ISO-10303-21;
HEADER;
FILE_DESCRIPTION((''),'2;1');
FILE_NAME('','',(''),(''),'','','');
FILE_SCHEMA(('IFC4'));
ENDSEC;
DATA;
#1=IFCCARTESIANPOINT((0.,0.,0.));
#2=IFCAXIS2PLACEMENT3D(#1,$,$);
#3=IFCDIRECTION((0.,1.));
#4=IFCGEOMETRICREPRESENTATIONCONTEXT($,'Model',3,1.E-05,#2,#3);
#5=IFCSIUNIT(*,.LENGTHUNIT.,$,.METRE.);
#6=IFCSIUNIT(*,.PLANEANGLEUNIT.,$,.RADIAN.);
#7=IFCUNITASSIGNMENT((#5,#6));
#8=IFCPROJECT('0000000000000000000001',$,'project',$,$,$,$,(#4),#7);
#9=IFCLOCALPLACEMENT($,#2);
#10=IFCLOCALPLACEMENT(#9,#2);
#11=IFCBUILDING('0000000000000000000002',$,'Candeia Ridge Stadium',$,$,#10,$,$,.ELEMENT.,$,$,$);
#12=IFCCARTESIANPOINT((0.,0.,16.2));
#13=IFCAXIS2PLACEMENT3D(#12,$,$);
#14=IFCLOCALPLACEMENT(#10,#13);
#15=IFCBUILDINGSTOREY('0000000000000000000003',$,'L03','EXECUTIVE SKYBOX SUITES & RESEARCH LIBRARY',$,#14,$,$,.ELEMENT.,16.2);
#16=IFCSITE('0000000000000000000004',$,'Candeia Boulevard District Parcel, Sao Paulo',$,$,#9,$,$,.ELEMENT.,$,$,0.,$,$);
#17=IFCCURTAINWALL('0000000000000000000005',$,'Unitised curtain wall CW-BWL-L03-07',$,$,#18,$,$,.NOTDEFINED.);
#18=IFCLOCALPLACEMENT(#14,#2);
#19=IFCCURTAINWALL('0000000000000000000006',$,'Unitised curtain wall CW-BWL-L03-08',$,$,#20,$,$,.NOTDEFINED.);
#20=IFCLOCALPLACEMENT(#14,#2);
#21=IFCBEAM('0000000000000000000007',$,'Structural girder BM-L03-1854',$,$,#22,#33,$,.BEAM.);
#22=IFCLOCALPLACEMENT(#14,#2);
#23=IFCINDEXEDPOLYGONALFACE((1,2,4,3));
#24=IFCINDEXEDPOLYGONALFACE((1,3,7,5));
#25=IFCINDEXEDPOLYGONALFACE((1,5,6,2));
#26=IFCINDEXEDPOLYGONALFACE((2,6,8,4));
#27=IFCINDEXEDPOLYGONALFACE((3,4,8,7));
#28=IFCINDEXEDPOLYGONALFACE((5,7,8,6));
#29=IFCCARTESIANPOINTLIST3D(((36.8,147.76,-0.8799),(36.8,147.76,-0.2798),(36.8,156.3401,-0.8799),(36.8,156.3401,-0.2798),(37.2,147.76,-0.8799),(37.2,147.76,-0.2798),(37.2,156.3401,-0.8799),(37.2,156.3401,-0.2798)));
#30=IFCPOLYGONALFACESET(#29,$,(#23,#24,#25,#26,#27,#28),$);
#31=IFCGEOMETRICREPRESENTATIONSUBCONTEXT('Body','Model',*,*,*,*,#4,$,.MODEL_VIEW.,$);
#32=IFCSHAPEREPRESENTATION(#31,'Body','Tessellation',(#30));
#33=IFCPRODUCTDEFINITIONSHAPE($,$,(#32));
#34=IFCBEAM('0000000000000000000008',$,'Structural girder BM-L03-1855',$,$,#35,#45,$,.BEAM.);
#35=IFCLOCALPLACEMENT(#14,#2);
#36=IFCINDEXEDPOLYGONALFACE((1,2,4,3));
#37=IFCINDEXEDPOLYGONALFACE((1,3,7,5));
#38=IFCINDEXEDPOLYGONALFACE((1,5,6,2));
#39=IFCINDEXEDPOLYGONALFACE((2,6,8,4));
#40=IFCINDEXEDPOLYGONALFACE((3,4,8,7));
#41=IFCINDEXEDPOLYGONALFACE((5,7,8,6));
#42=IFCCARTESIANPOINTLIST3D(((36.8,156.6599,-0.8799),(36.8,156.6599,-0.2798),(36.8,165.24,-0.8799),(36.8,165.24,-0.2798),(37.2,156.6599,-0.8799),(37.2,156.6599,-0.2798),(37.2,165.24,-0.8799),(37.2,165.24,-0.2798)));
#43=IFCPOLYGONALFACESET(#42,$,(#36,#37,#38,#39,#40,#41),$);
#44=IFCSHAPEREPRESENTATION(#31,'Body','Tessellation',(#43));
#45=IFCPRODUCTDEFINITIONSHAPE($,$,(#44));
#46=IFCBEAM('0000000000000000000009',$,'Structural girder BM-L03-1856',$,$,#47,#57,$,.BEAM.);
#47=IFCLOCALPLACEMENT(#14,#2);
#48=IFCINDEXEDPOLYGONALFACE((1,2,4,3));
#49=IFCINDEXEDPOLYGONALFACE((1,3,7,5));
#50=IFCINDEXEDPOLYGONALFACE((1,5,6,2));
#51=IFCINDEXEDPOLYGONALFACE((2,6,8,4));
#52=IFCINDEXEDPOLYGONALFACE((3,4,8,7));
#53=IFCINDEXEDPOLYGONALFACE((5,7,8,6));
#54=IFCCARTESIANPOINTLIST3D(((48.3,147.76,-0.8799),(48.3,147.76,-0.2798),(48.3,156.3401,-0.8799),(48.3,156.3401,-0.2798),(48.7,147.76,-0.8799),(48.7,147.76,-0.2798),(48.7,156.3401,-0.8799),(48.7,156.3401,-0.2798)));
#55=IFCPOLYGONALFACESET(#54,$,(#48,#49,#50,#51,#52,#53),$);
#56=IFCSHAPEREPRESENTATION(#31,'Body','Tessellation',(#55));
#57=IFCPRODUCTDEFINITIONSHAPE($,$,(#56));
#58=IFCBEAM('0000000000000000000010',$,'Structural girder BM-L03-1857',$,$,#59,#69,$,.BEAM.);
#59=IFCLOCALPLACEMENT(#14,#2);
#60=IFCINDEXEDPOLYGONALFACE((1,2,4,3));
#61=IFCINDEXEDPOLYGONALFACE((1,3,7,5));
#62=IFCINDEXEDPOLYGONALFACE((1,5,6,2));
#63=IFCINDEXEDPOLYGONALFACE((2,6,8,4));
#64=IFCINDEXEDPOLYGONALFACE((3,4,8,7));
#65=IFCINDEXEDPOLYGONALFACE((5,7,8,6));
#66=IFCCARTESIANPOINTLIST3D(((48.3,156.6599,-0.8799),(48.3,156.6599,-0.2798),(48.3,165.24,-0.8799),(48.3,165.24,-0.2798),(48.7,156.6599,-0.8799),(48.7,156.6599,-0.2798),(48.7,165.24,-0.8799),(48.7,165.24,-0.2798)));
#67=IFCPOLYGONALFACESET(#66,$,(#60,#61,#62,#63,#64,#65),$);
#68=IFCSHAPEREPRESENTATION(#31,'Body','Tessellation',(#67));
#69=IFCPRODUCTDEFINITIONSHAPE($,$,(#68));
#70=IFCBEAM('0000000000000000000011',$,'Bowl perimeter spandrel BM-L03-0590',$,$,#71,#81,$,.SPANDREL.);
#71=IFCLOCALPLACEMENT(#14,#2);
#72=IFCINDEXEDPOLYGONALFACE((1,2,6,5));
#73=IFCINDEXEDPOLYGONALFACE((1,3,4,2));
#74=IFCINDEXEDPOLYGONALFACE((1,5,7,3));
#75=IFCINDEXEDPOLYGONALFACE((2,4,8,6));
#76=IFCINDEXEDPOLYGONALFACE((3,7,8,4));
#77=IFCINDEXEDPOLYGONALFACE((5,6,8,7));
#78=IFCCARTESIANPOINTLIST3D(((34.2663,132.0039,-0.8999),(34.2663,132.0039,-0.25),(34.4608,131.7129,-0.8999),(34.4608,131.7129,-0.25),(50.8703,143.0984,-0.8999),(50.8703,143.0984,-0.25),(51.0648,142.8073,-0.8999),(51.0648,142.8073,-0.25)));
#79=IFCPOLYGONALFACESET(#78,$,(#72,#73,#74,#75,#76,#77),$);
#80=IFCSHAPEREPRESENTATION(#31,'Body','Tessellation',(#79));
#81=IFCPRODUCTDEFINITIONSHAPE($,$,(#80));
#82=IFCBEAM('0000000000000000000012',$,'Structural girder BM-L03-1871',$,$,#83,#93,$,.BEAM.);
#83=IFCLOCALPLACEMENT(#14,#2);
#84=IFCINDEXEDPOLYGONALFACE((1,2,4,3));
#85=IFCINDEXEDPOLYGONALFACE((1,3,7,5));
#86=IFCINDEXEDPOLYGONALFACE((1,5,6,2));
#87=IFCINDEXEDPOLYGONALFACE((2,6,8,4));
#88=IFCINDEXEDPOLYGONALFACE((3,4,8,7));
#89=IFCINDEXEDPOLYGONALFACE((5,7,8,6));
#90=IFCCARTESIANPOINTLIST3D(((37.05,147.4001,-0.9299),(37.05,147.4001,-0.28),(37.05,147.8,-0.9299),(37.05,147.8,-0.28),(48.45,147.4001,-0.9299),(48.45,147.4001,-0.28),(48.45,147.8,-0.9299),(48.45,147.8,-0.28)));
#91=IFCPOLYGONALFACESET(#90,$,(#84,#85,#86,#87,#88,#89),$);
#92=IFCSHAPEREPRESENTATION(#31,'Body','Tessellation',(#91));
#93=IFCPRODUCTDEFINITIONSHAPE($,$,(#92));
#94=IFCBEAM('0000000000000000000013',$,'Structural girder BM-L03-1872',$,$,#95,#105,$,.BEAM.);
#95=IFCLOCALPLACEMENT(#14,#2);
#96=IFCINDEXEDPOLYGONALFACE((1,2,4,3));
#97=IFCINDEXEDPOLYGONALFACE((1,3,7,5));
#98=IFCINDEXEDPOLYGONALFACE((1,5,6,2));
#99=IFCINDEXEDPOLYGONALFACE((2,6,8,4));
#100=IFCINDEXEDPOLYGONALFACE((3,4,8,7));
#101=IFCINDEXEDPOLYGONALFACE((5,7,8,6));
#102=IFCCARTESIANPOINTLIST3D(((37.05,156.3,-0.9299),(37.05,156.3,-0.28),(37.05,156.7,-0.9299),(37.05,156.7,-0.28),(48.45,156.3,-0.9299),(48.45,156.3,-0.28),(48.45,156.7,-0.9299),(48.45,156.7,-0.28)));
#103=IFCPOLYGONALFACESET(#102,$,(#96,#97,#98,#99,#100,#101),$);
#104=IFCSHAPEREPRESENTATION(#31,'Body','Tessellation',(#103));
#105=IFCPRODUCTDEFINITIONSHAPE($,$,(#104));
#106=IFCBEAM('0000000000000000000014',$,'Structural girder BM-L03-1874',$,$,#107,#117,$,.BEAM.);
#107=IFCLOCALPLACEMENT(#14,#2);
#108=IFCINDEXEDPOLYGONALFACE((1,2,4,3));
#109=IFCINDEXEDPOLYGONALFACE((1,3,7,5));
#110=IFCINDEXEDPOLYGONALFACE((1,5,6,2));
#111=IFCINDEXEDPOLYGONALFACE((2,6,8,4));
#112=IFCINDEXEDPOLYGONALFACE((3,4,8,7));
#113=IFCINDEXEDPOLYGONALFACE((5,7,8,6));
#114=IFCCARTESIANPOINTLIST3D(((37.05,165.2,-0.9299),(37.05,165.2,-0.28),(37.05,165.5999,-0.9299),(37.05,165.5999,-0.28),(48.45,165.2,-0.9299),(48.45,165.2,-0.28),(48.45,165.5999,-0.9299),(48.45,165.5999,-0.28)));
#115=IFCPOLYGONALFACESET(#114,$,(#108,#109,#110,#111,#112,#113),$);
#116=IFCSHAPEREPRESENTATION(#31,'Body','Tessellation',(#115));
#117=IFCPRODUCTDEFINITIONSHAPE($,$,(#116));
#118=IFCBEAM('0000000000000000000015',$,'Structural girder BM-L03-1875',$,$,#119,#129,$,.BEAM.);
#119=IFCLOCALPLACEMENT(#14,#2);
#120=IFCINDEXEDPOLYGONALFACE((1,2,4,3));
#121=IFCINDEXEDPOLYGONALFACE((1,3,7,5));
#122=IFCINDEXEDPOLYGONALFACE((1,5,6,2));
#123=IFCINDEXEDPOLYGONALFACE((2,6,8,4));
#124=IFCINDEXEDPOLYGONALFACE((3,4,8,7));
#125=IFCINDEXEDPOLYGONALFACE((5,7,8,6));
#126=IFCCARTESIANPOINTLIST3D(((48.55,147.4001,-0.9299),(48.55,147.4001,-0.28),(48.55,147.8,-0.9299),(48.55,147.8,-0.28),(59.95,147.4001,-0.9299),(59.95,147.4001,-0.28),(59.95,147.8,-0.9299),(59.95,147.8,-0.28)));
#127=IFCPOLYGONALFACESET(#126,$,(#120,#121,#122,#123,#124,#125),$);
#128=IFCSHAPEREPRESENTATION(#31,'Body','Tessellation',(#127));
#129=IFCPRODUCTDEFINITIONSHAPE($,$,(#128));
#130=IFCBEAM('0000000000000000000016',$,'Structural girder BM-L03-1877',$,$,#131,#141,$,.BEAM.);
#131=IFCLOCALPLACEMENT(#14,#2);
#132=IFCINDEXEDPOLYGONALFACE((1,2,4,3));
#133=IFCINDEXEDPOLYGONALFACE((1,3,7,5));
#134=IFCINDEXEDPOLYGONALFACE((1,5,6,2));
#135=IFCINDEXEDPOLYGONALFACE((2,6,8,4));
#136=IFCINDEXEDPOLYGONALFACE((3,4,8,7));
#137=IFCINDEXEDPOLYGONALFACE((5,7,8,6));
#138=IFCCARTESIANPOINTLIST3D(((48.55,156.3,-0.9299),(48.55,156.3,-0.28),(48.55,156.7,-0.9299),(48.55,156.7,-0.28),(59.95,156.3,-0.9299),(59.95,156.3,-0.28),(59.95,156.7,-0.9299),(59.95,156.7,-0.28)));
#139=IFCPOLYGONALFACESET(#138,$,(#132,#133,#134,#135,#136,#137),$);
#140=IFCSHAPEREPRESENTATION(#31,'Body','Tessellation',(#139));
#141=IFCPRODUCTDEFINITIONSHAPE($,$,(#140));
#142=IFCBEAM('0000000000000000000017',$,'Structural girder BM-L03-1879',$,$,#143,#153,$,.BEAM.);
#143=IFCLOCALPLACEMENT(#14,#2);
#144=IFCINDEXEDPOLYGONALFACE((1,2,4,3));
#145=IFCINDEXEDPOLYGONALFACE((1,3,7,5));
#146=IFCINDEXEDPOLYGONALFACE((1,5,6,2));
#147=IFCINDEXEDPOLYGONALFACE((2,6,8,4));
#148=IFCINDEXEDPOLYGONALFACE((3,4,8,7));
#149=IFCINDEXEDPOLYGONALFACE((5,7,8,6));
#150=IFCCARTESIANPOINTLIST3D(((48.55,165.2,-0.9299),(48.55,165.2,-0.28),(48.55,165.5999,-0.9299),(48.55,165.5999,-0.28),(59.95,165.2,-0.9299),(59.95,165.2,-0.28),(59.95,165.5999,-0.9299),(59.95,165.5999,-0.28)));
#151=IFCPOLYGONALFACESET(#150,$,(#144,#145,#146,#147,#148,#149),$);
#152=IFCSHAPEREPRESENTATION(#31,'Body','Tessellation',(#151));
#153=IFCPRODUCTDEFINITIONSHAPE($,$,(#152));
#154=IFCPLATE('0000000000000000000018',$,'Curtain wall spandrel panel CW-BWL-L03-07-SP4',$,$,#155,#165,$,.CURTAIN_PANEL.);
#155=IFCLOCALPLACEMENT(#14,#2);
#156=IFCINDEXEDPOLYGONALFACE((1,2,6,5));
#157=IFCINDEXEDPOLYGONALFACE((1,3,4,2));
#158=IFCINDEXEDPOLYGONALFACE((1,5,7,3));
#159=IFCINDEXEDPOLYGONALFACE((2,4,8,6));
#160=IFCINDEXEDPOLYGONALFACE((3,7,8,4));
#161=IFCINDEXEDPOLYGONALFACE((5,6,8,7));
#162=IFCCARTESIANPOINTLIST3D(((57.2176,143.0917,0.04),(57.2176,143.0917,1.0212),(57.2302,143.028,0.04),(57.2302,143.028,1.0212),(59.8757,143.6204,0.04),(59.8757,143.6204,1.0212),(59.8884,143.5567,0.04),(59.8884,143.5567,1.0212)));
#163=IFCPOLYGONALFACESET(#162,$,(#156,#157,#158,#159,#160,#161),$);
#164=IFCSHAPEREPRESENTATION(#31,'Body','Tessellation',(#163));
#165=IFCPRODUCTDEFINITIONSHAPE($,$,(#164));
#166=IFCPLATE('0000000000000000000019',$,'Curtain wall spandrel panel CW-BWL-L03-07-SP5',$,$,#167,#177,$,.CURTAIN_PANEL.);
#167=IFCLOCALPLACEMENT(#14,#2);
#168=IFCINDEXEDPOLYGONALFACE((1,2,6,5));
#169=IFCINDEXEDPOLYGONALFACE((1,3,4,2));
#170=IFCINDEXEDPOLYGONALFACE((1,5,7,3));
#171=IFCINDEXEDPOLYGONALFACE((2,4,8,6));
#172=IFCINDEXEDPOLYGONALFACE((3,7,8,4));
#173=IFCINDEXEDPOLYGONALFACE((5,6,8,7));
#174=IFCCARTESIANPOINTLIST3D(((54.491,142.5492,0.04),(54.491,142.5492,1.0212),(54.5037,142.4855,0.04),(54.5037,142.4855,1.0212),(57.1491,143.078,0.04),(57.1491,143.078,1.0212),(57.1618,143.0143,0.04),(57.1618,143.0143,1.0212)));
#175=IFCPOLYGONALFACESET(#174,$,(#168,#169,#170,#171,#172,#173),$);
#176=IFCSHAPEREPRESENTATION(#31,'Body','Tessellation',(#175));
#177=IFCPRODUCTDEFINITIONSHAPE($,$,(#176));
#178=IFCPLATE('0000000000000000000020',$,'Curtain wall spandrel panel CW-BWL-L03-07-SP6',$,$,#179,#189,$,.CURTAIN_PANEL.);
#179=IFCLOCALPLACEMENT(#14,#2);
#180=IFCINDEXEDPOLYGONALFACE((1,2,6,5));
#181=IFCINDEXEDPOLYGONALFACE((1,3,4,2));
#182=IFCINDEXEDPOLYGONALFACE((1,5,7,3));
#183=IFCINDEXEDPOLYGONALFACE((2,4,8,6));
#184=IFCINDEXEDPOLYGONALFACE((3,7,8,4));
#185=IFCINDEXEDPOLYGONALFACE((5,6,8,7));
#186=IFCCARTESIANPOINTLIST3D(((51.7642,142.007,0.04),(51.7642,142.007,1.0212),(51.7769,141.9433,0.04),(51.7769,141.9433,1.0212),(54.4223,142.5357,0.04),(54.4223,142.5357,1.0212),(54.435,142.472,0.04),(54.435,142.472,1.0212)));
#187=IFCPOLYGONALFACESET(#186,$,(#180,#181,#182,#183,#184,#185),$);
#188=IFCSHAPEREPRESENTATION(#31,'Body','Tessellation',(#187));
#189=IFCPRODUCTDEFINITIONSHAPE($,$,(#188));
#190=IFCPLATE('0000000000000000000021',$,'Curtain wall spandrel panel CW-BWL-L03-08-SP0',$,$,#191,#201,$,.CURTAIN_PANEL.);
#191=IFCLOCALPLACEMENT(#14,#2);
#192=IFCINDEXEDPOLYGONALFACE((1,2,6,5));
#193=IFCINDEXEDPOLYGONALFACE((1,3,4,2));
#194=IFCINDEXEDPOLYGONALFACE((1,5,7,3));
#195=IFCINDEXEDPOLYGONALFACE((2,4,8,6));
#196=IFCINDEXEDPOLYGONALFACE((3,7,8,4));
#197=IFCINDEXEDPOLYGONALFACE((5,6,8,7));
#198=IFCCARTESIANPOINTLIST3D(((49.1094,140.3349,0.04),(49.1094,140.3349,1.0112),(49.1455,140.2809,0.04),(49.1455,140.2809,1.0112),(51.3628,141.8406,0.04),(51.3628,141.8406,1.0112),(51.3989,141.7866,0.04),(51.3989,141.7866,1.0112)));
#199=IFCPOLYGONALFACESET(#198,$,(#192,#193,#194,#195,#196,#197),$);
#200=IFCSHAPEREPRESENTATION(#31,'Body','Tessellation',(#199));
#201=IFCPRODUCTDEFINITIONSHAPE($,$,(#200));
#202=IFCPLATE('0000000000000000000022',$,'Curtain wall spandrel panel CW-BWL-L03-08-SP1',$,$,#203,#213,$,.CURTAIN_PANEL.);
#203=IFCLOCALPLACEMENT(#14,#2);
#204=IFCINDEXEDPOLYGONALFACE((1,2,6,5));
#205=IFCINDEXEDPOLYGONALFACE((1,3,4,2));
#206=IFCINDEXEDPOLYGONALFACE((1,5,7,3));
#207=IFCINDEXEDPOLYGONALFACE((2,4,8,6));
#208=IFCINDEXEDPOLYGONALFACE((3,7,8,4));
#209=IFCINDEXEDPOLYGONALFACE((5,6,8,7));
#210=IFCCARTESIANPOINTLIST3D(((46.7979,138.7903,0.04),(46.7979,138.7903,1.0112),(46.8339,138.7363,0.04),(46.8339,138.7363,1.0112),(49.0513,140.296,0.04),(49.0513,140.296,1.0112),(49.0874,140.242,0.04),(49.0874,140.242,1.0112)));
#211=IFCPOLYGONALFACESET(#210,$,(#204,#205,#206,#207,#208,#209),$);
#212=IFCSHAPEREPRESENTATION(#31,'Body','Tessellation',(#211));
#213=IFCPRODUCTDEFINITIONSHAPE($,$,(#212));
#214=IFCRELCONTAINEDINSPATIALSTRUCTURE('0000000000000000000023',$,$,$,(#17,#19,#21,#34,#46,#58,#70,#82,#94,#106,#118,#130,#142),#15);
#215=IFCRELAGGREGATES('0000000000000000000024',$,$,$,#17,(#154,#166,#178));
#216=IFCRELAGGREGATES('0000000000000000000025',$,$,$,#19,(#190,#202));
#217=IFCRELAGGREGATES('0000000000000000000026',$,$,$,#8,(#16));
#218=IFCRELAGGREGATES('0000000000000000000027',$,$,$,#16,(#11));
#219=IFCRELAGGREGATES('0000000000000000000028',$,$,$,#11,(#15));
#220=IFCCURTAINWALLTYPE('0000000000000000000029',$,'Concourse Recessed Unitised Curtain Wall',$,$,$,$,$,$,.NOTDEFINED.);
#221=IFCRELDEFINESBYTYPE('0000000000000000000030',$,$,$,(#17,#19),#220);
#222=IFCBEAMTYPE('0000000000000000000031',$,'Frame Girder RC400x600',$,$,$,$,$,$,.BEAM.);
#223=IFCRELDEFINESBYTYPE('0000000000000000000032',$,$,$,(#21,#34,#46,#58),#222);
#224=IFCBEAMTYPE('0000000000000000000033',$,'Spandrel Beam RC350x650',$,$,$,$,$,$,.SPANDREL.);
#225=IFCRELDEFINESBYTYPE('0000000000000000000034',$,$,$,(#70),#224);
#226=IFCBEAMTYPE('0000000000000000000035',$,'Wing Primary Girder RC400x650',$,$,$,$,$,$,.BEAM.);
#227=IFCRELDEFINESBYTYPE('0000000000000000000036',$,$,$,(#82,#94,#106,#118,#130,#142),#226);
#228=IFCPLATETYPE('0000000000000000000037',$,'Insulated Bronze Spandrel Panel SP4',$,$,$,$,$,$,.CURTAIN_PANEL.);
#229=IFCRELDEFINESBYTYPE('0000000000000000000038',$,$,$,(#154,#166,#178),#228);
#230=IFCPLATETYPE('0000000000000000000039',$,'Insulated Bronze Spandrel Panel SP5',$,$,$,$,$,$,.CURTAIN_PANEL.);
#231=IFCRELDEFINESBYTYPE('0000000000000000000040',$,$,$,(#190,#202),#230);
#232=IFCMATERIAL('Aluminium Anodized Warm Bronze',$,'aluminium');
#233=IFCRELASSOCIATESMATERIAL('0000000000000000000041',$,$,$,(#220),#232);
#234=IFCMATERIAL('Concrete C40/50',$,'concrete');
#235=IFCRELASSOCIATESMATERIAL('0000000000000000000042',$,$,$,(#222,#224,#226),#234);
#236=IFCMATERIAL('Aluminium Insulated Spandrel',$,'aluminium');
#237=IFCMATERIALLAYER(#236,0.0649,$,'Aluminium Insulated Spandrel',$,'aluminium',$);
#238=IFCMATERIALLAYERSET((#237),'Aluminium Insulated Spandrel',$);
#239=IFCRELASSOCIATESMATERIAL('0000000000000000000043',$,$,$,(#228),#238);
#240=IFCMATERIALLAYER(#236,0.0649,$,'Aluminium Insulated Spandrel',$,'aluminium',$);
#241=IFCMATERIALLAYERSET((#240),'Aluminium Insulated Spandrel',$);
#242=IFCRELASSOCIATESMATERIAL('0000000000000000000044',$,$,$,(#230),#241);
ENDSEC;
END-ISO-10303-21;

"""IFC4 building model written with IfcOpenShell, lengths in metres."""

from ifc_helpers import new_model, si_unit, direction, frame, origin, origin_2d, place, context, subcontext, project, spatial, rectangle, extrude, material, layer, layer_set, material_profile, profile_set, type_object, element, aggregate, save


model = new_model("IFC4")

# Units and contexts
model_context = context("Model", 3, precision=1e-05, world=origin(), true_north=direction((0.0, 1.0)))
body_context = subcontext(model_context, "Body", "Model", "MODEL_VIEW")
ifc_project = project(units=[si_unit("LENGTHUNIT", "METRE"), si_unit("PLANEANGLEUNIT", "RADIAN")], contexts=[model_context])

# Site, building, storey
site_placement = place(None, origin())
site = spatial("IfcSite", under=ifc_project, at=site_placement, Name="Candeia Boulevard District Parcel, Sao Paulo", CompositionType="ELEMENT", RefElevation=0.0)
building_placement = place(site_placement, origin())
building = spatial("IfcBuilding", under=site, at=building_placement, Name="Candeia Ridge Stadium", CompositionType="ELEMENT")
storey_placement = place(building_placement, frame((0.0, 0.0, 16.2)))
storey = spatial("IfcBuildingStorey", under=building, at=storey_placement, Name="L03", Description="EXECUTIVE SKYBOX SUITES & RESEARCH LIBRARY", CompositionType="ELEMENT", Elevation=16.2)

# Shared definitions
ifc_material_1 = material(Name="Concrete C40/50", Category="concrete")

# Curtain walls
ifc_material_2 = material(Name="Aluminium Anodized Warm Bronze", Category="aluminium")
curtain_wall_type = type_object("IfcCurtainWallType", Name="Concourse Recessed Unitised Curtain Wall", PredefinedType="NOTDEFINED", material=ifc_material_2)
curtain_wall_1_placement = place(storey_placement, origin())
curtain_wall_1 = element("IfcCurtainWall", 1, at=curtain_wall_1_placement, inside=storey, type_object=curtain_wall_type, Name="Unitised curtain wall CW-BWL-L03-07", PredefinedType="NOTDEFINED")
curtain_wall_2_placement = place(storey_placement, origin())
curtain_wall_2 = element("IfcCurtainWall", 2, at=curtain_wall_2_placement, inside=storey, type_object=curtain_wall_type, Name="Unitised curtain wall CW-BWL-L03-08", PredefinedType="NOTDEFINED")

# Beams
ifc_material_profile_1 = material_profile(ifc_material_1, rectangle(XDim=0.3999, YDim=0.6001, at=origin_2d()), Name="RC400x600", Category="concrete")
ifc_profile_set_1 = profile_set([ifc_material_profile_1], Name="Concrete C40/50")
beam_type_1 = type_object("IfcBeamType", Name="Frame Girder RC400x600", PredefinedType="BEAM", material=ifc_profile_set_1)
for number, where, z_axis, x_axis, name in (
    (3, (37.0, 147.76, -0.5798), (0.0, 1.0, 0.0), (-1.0, 0.0, 0.0), "Structural girder BM-L03-1854"),
    (4, (37.0, 156.6599, -0.5798), (0.0, 1.0, 0.0), (-1.0, 0.0, 0.0), "Structural girder BM-L03-1855"),
    (5, (48.5, 147.76, -0.5798), (0.0, 1.0, 0.0), (-1.0, 0.0, 0.0), "Structural girder BM-L03-1856"),
    (6, (48.5, 156.6599, -0.5798), (0.0, 1.0, 0.0), (-1.0, 0.0, 0.0), "Structural girder BM-L03-1857"),
):
    element("IfcBeam", number, at=place(storey_placement, frame(where, z_axis=z_axis, x_axis=x_axis)), inside=storey, type_object=beam_type_1, Name=name, PredefinedType="BEAM", context=body_context, shape_type="SweptSolid", body=[
        extrude(rectangle(XDim=0.3999, YDim=0.6001, at=origin_2d()), origin(), (0.0, 0.0, 1.0), 8.5801),
    ])
ifc_material_profile_2 = material_profile(ifc_material_1, rectangle(XDim=0.3501, YDim=0.6499, at=origin_2d()), Name="RC350x650", Category="concrete")
ifc_profile_set_2 = profile_set([ifc_material_profile_2], Name="Concrete C40/50")
beam_type_2 = type_object("IfcBeamType", Name="Spandrel Beam RC350x650", PredefinedType="SPANDREL", material=ifc_profile_set_2)
beam_1_placement = place(storey_placement, frame((50.9675, 142.9529, -0.575), z_axis=(-0.831469, -0.555572, 0.0), x_axis=(0.555572, -0.831469, 0.0)))
element("IfcBeam", 7, at=beam_1_placement, inside=storey, type_object=beam_type_2, Name="Bowl perimeter spandrel BM-L03-0590", PredefinedType="SPANDREL", context=body_context, shape_type="SweptSolid", body=[
    extrude(rectangle(XDim=0.3501, YDim=0.6499, at=origin_2d()), origin(), (0.0, 0.0, 1.0), 19.9695),
])
ifc_material_profile_3 = material_profile(ifc_material_1, rectangle(XDim=0.3999, YDim=0.6499, at=origin_2d()), Name="RC400x650", Category="concrete")
ifc_profile_set_3 = profile_set([ifc_material_profile_3], Name="Concrete C40/50")
beam_type_3 = type_object("IfcBeamType", Name="Wing Primary Girder RC400x650", PredefinedType="BEAM", material=ifc_profile_set_3)
for number, where, z_axis, x_axis, name in (
    (8, (37.05, 147.6001, -0.605), (1.0, 0.0, 0.0), (0.0, 1.0, 0.0), "Structural girder BM-L03-1871"),
    (9, (37.05, 156.5, -0.605), (1.0, 0.0, 0.0), (0.0, 1.0, 0.0), "Structural girder BM-L03-1872"),
    (10, (37.05, 165.3999, -0.605), (1.0, 0.0, 0.0), (0.0, 1.0, 0.0), "Structural girder BM-L03-1874"),
    (11, (48.55, 147.6001, -0.605), (1.0, 0.0, 0.0), (0.0, 1.0, 0.0), "Structural girder BM-L03-1875"),
    (12, (48.55, 156.5, -0.605), (1.0, 0.0, 0.0), (0.0, 1.0, 0.0), "Structural girder BM-L03-1877"),
    (13, (48.55, 165.3999, -0.605), (1.0, 0.0, 0.0), (0.0, 1.0, 0.0), "Structural girder BM-L03-1879"),
):
    element("IfcBeam", number, at=place(storey_placement, frame(where, z_axis=z_axis, x_axis=x_axis)), inside=storey, type_object=beam_type_3, Name=name, PredefinedType="BEAM", context=body_context, shape_type="SweptSolid", body=[
        extrude(rectangle(XDim=0.3999, YDim=0.6499, at=origin_2d()), origin(), (0.0, 0.0, 1.0), 11.3999),
    ])

# Plates
ifc_material_3 = material(Name="Aluminium Insulated Spandrel", Category="aluminium")
ifc_layer_1 = layer(ifc_material_3, 0.0649, Name="Aluminium Insulated Spandrel", Category="aluminium")
ifc_layer_set_1 = layer_set([ifc_layer_1], Name="Aluminium Insulated Spandrel")
plate_type_1 = type_object("IfcPlateType", Name="Insulated Bronze Spandrel Panel SP4", PredefinedType="CURTAIN_PANEL", material=ifc_layer_set_1)
plate_1_placement = place(storey_placement, frame((58.553, 143.3242, 0.04), z_axis=(0.0, 0.0, 1.0), x_axis=(-0.980785, -0.19509, 0.0)))
plate_1 = element("IfcPlate", 14, at=plate_1_placement, type_object=plate_type_1, Name="Curtain wall spandrel panel CW-BWL-L03-07-SP4", PredefinedType="CURTAIN_PANEL", context=body_context, shape_type="SweptSolid", body=[
    extrude(rectangle(XDim=2.7102, YDim=0.0649, at=origin_2d()), origin(), (0.0, 0.0, 1.0), 0.9812),
])
plate_2_placement = place(storey_placement, frame((55.8264, 142.7817, 0.04), z_axis=(0.0, 0.0, 1.0), x_axis=(-0.980785, -0.19509, 0.0)))
plate_2 = element("IfcPlate", 15, at=plate_2_placement, type_object=plate_type_1, Name="Curtain wall spandrel panel CW-BWL-L03-07-SP5", PredefinedType="CURTAIN_PANEL", context=body_context, shape_type="SweptSolid", body=[
    extrude(rectangle(XDim=2.7102, YDim=0.0649, at=origin_2d()), origin(), (0.0, 0.0, 1.0), 0.9812),
])
plate_3_placement = place(storey_placement, frame((53.0996, 142.2395, 0.04), z_axis=(0.0, 0.0, 1.0), x_axis=(-0.980785, -0.19509, 0.0)))
plate_3 = element("IfcPlate", 16, at=plate_3_placement, type_object=plate_type_1, Name="Curtain wall spandrel panel CW-BWL-L03-07-SP6", PredefinedType="CURTAIN_PANEL", context=body_context, shape_type="SweptSolid", body=[
    extrude(rectangle(XDim=2.7102, YDim=0.0649, at=origin_2d()), origin(), (0.0, 0.0, 1.0), 0.9812),
])
ifc_layer_2 = layer(ifc_material_3, 0.0649, Name="Aluminium Insulated Spandrel", Category="aluminium")
ifc_layer_set_2 = layer_set([ifc_layer_2], Name="Aluminium Insulated Spandrel")
plate_type_2 = type_object("IfcPlateType", Name="Insulated Bronze Spandrel Panel SP5", PredefinedType="CURTAIN_PANEL", material=ifc_layer_set_2)
plate_4_placement = place(storey_placement, frame((50.2542, 141.0608, 0.04), z_axis=(0.0, 0.0, 1.0), x_axis=(-0.831469, -0.555571, 0.0)))
plate_4 = element("IfcPlate", 17, at=plate_4_placement, type_object=plate_type_2, Name="Curtain wall spandrel panel CW-BWL-L03-08-SP0", PredefinedType="CURTAIN_PANEL", context=body_context, shape_type="SweptSolid", body=[
    extrude(rectangle(XDim=2.7102, YDim=0.0649, at=origin_2d()), origin(), (0.0, 0.0, 1.0), 0.9712),
])
plate_5_placement = place(storey_placement, frame((47.9426, 139.5161, 0.04), z_axis=(0.0, 0.0, 1.0), x_axis=(-0.831469, -0.555571, 0.0)))
plate_5 = element("IfcPlate", 18, at=plate_5_placement, type_object=plate_type_2, Name="Curtain wall spandrel panel CW-BWL-L03-08-SP1", PredefinedType="CURTAIN_PANEL", context=body_context, shape_type="SweptSolid", body=[
    extrude(rectangle(XDim=2.7102, YDim=0.0649, at=origin_2d()), origin(), (0.0, 0.0, 1.0), 0.9712),
])
aggregate(curtain_wall_1, [plate_1, plate_2, plate_3])
aggregate(curtain_wall_2, [plate_4, plate_5])

save(model, "model.ifc")
